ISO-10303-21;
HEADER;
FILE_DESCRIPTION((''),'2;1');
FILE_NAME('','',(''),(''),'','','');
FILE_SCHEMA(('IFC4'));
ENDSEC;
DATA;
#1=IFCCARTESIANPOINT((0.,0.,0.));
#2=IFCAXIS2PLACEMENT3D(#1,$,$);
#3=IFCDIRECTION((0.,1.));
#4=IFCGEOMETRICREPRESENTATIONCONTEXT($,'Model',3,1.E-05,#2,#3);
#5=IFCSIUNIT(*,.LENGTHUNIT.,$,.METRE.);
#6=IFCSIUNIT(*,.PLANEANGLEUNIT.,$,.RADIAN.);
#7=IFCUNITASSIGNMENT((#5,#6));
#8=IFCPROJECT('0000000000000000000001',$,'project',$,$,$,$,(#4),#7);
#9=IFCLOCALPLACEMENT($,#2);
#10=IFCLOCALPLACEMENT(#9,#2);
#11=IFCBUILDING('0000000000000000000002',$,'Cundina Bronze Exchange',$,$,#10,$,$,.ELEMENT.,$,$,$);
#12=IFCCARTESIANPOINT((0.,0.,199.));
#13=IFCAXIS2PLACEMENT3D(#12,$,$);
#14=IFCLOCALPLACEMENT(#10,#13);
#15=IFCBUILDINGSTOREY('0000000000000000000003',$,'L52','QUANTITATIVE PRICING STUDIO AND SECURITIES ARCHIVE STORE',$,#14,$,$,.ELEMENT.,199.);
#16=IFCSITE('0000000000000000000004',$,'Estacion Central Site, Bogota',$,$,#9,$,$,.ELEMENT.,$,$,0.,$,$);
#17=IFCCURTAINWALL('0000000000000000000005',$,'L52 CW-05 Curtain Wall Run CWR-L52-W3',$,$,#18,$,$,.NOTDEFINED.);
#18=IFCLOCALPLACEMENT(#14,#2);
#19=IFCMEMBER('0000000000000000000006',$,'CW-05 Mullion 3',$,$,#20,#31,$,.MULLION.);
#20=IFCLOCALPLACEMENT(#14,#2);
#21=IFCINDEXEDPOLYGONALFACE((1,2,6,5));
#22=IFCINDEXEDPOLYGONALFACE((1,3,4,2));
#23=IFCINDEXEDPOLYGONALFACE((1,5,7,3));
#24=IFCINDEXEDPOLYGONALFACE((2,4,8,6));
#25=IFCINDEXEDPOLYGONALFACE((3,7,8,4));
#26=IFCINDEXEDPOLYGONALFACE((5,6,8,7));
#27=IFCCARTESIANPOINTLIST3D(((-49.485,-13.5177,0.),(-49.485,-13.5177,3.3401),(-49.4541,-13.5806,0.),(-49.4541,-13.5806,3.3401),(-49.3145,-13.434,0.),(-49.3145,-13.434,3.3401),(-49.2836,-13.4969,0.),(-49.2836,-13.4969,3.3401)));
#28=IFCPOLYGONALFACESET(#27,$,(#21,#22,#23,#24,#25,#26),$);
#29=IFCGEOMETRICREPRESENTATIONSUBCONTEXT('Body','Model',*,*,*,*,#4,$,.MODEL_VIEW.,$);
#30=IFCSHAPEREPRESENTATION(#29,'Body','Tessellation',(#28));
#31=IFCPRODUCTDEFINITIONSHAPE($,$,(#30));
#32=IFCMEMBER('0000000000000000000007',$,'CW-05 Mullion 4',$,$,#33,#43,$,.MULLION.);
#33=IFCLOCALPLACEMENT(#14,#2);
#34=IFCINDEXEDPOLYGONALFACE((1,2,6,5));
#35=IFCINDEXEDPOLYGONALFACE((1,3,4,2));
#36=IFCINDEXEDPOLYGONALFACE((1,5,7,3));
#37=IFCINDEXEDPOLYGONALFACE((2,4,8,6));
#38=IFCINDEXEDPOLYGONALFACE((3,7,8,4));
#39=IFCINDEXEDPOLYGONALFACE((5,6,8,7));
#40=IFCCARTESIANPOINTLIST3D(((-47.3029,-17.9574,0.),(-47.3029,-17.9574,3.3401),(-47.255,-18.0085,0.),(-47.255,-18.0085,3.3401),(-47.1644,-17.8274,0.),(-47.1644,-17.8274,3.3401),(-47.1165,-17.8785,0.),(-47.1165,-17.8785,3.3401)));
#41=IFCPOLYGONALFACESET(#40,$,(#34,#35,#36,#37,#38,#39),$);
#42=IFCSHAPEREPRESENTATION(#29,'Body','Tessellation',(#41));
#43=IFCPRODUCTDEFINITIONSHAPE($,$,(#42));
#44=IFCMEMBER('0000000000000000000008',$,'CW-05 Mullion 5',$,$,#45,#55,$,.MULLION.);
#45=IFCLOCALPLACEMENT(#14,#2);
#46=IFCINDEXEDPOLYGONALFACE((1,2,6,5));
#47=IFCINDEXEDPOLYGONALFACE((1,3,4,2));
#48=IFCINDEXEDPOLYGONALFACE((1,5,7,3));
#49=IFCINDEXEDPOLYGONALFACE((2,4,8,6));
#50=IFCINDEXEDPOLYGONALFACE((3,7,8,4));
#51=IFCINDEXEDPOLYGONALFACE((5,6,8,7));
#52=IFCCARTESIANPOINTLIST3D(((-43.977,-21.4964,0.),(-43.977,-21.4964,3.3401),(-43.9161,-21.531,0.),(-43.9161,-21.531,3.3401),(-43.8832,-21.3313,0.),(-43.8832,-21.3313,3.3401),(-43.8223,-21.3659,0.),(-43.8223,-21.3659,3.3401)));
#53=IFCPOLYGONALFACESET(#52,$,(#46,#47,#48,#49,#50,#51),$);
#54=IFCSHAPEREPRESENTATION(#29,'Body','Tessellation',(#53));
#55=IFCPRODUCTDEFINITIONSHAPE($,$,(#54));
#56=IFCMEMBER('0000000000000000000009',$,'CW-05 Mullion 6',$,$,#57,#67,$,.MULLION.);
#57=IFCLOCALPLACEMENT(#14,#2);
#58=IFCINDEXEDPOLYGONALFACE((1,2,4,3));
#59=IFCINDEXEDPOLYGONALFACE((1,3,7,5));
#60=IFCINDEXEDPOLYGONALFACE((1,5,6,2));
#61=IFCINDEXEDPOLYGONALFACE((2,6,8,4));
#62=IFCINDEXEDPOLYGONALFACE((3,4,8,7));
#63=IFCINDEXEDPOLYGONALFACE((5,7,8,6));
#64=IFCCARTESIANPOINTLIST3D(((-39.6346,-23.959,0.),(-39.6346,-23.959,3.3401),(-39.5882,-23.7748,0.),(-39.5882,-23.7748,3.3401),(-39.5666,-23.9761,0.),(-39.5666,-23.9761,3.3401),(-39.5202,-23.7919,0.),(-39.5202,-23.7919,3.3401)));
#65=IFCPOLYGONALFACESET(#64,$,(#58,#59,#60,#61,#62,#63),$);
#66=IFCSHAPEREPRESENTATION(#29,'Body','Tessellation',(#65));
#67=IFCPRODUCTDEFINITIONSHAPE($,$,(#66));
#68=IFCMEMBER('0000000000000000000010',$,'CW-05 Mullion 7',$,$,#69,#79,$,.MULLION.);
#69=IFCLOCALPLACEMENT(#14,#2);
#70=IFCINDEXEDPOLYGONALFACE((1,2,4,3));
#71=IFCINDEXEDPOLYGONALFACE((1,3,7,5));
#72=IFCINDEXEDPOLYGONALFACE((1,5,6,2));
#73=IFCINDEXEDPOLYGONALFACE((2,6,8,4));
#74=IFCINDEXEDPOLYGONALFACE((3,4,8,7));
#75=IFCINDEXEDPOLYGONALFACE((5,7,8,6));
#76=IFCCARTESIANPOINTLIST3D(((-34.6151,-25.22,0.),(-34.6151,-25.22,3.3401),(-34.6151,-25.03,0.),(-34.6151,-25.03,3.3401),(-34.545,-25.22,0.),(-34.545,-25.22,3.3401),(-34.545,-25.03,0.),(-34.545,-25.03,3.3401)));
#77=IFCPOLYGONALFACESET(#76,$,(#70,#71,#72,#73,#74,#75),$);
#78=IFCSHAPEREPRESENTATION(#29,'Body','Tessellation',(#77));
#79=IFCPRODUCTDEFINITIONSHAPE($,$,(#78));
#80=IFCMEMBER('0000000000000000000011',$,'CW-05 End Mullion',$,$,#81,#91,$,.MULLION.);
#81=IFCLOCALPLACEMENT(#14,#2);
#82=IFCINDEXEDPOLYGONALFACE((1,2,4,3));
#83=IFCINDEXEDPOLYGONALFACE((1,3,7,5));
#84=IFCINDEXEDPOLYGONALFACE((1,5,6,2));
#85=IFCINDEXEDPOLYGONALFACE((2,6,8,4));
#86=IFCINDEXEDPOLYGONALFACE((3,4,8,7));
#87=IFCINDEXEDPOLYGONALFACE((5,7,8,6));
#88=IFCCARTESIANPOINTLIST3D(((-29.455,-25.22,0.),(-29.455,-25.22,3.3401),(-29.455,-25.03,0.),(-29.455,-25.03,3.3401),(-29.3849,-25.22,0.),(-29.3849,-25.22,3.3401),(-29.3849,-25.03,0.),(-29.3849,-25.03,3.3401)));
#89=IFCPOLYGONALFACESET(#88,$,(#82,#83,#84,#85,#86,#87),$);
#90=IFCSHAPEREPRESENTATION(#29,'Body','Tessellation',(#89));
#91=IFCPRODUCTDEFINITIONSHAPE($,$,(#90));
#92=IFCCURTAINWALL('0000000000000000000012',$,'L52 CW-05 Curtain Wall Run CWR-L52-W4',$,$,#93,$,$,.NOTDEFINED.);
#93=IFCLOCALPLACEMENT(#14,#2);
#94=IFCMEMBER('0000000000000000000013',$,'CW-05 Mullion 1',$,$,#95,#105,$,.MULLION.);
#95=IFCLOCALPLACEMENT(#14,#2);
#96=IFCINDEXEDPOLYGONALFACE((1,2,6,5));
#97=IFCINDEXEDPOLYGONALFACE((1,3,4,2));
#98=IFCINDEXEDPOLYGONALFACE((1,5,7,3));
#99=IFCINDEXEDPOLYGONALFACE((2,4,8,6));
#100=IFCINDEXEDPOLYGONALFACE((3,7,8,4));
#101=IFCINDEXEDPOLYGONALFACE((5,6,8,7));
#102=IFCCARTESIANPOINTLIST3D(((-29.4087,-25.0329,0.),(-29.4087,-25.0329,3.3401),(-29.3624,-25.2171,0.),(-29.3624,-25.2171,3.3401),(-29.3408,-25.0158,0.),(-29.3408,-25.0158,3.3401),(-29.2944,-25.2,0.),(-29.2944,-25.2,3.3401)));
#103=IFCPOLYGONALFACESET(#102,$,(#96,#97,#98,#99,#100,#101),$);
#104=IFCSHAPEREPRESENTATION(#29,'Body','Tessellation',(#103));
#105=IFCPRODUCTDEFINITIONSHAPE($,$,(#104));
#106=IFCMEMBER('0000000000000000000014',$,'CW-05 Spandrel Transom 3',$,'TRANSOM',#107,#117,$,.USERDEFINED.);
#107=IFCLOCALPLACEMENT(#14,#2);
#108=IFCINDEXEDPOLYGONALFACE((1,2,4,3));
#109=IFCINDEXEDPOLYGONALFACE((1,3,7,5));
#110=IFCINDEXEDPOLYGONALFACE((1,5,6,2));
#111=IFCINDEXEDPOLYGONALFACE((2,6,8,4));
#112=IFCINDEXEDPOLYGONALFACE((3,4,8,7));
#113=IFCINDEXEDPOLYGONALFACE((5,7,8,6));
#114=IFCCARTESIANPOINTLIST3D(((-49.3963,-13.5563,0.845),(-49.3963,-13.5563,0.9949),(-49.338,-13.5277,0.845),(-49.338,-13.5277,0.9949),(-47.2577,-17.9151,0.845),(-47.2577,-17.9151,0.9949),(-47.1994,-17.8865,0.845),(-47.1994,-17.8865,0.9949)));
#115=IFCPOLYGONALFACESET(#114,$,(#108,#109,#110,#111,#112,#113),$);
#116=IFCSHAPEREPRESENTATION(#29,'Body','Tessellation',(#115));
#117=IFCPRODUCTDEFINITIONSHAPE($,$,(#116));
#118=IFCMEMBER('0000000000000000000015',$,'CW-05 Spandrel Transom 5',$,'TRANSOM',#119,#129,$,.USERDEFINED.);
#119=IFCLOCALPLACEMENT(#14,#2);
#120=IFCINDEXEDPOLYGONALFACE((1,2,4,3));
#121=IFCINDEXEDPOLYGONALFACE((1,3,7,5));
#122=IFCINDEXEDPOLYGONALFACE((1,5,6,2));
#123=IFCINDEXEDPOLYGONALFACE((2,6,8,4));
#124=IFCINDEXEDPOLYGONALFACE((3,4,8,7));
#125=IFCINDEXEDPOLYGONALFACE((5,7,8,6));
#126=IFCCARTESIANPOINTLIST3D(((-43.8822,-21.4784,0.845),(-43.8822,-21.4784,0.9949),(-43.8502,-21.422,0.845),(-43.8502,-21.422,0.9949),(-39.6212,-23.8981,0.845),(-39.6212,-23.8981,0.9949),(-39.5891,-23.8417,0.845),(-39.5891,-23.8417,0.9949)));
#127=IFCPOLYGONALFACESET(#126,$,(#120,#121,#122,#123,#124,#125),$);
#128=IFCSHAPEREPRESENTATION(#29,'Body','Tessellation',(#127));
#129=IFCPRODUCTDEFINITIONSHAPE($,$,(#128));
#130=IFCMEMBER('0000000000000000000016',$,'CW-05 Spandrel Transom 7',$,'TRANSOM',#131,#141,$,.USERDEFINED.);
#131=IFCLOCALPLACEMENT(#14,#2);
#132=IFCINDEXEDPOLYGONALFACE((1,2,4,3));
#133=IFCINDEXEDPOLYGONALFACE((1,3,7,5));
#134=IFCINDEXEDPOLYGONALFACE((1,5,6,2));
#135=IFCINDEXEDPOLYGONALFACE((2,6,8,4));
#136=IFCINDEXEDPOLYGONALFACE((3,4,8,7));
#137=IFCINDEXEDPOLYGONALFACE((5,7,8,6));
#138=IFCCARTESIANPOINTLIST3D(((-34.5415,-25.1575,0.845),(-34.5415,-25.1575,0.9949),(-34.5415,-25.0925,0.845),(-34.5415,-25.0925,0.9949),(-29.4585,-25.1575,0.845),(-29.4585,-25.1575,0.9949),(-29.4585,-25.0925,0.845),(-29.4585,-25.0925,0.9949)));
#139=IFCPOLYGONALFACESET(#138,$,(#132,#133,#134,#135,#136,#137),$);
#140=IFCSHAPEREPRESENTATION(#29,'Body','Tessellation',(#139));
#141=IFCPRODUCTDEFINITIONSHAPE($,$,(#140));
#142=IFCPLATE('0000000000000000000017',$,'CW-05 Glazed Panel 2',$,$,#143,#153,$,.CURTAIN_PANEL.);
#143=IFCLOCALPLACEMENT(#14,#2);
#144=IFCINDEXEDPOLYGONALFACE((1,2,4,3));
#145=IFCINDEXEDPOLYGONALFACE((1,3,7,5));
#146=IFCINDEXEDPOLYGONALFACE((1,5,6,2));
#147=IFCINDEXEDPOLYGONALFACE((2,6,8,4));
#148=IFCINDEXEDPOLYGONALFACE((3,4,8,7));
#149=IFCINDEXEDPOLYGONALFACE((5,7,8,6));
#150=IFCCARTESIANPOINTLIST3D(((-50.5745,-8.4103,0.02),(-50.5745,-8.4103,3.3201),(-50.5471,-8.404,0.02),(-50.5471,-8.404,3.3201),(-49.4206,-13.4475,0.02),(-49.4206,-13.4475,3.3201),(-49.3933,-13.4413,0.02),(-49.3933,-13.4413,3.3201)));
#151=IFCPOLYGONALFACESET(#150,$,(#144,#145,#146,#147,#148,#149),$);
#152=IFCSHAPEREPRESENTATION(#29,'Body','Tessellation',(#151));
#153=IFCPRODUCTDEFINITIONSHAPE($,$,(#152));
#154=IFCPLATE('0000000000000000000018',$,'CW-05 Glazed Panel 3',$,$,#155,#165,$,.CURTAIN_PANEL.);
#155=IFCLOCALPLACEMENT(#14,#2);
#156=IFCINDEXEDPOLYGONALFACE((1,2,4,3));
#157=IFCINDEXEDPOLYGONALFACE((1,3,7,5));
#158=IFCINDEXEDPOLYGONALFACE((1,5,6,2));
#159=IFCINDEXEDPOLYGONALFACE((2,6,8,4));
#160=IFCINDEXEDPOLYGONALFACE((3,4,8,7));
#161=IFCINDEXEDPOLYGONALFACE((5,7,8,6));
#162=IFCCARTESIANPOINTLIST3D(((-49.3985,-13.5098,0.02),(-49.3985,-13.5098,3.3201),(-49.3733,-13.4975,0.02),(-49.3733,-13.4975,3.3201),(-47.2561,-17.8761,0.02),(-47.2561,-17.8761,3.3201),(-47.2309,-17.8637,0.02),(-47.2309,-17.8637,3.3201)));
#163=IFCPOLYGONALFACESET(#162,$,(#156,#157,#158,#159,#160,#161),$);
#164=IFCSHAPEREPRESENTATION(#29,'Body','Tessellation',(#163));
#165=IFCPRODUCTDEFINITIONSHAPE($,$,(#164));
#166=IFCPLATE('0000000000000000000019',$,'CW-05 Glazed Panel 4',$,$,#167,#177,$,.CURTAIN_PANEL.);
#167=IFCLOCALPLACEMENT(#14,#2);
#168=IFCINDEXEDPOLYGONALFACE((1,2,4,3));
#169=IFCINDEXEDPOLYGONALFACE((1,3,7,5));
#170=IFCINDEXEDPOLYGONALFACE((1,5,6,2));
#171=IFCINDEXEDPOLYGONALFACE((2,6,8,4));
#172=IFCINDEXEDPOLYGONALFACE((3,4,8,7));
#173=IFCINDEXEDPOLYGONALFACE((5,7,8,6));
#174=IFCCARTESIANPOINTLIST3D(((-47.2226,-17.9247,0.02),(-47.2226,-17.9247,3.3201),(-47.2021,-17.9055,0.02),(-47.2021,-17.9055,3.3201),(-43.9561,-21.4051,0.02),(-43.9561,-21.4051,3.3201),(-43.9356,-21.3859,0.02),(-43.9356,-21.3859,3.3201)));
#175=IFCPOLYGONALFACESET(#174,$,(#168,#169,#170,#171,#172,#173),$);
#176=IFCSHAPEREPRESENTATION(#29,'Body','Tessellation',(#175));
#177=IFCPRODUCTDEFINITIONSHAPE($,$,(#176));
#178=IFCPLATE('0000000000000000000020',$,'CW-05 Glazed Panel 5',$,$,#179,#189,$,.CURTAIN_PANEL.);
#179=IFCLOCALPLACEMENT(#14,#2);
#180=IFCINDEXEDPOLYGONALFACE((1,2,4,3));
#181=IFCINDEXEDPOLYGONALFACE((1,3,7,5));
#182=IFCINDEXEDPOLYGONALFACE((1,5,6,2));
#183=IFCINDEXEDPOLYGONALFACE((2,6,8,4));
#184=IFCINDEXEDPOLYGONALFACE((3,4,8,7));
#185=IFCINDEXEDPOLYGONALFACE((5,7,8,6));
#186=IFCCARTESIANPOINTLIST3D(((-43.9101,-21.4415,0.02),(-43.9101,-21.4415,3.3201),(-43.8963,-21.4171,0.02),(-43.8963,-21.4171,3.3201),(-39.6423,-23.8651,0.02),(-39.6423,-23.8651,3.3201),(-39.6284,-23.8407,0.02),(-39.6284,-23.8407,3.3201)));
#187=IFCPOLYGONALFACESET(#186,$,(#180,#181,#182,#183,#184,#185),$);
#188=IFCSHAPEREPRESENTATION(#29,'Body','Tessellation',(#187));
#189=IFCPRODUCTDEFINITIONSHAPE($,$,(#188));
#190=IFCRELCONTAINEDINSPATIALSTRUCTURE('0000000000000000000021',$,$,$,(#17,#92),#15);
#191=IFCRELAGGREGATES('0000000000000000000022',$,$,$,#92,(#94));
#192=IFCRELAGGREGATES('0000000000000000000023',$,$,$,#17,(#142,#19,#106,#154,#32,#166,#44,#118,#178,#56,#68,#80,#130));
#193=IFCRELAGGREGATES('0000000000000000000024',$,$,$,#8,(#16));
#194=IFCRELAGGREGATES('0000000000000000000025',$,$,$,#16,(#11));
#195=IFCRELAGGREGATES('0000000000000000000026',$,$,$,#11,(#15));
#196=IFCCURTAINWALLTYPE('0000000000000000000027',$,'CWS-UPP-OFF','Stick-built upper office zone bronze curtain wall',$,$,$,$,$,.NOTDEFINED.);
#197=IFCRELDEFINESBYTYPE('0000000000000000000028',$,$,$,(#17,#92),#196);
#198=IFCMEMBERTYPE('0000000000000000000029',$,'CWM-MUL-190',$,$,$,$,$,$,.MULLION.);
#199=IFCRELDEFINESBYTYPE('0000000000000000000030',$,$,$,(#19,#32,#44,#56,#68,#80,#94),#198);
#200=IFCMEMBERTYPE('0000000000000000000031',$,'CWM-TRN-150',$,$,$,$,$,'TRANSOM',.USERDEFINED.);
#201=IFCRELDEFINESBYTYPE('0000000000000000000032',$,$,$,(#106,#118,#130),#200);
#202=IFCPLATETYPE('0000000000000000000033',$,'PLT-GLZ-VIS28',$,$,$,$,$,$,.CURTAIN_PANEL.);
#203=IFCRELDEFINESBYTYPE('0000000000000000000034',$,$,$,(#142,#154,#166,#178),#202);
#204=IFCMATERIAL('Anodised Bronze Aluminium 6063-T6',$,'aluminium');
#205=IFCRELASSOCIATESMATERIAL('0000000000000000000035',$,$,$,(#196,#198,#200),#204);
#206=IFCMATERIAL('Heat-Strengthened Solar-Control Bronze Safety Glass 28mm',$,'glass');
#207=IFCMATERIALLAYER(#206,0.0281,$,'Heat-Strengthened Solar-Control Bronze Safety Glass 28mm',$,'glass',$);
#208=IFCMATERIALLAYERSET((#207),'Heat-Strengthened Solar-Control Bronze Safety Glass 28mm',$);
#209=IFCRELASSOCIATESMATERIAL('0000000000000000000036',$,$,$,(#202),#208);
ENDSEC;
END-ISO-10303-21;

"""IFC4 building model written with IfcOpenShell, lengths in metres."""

from ifc_helpers import new_model, si_unit, direction, frame, origin, origin_2d, place, context, subcontext, project, spatial, rectangle, extrude, material, layer, layer_set, material_profile, profile_set, type_object, element, aggregate, save


model = new_model("IFC4")

# Units and contexts
model_context = context("Model", 3, precision=1e-05, world=origin(), true_north=direction((0.0, 1.0)))
body_context = subcontext(model_context, "Body", "Model", "MODEL_VIEW")
ifc_project = project(units=[si_unit("LENGTHUNIT", "METRE"), si_unit("PLANEANGLEUNIT", "RADIAN")], contexts=[model_context])

# Site, building, storey
site_placement = place(None, origin())
site = spatial("IfcSite", under=ifc_project, at=site_placement, Name="Estacion Central Site, Bogota", CompositionType="ELEMENT", RefElevation=0.0)
building_placement = place(site_placement, origin())
building = spatial("IfcBuilding", under=site, at=building_placement, Name="Cundina Bronze Exchange", CompositionType="ELEMENT")
storey_placement = place(building_placement, frame((0.0, 0.0, 199.0)))
storey = spatial("IfcBuildingStorey", under=building, at=storey_placement, Name="L52", Description="QUANTITATIVE PRICING STUDIO AND SECURITIES ARCHIVE STORE", CompositionType="ELEMENT", Elevation=199.0)

# Curtain wall, members
ifc_material_1 = material(Name="Anodised Bronze Aluminium 6063-T6", Category="aluminium")
curtain_wall_type = type_object("IfcCurtainWallType", Name="CWS-UPP-OFF", Description="Stick-built upper office zone bronze curtain wall", PredefinedType="NOTDEFINED", material=ifc_material_1)
curtain_wall_1_placement = place(storey_placement, origin())
curtain_wall_1 = element("IfcCurtainWall", 1, at=curtain_wall_1_placement, inside=storey, type_object=curtain_wall_type, Name="L52 CW-05 Curtain Wall Run CWR-L52-W3", PredefinedType="NOTDEFINED")
ifc_material_profile_1 = material_profile(ifc_material_1, rectangle(XDim=0.0701, YDim=0.1899, at=origin_2d()), Name="AL70X190", Category="aluminium")
ifc_profile_set_1 = profile_set([ifc_material_profile_1], Name="Anodised Bronze Aluminium 6063-T6")
member_type_1 = type_object("IfcMemberType", Name="CWM-MUL-190", PredefinedType="MULLION", material=ifc_profile_set_1)
member_1_placement = place(storey_placement, frame((-49.3843, -13.5073, 0.0), z_axis=(0.0, 0.0, 1.0), x_axis=(0.440566, -0.89772, 0.0)))
member_1 = element("IfcMember", 2, at=member_1_placement, type_object=member_type_1, Name="CW-05 Mullion 3", PredefinedType="MULLION", context=body_context, shape_type="SweptSolid", body=[
    extrude(rectangle(XDim=0.0701, YDim=0.1899, at=origin_2d()), origin(), (0.0, 0.0, 1.0), 3.3401),
])
member_2_placement = place(storey_placement, frame((-47.2097, -17.918, 0.0), z_axis=(0.0, 0.0, 1.0), x_axis=(0.684293, -0.729208, 0.0)))
member_2 = element("IfcMember", 3, at=member_2_placement, type_object=member_type_1, Name="CW-05 Mullion 4", PredefinedType="MULLION", context=body_context, shape_type="SweptSolid", body=[
    extrude(rectangle(XDim=0.0701, YDim=0.1899, at=origin_2d()), origin(), (0.0, 0.0, 1.0), 3.3401),
])
member_3_placement = place(storey_placement, frame((-43.8997, -21.4312, 0.0), z_axis=(0.0, 0.0, 1.0), x_axis=(0.869581, -0.49379, 0.0)))
member_3 = element("IfcMember", 4, at=member_3_placement, type_object=member_type_1, Name="CW-05 Mullion 5", PredefinedType="MULLION", context=body_context, shape_type="SweptSolid", body=[
    extrude(rectangle(XDim=0.0701, YDim=0.1899, at=origin_2d()), origin(), (0.0, 0.0, 1.0), 3.3401),
])
member_4_placement = place(storey_placement, frame((-39.5774, -23.8755, 0.0), z_axis=(0.0, 0.0, 1.0), x_axis=(0.969744, -0.244123, 0.0)))
member_4 = element("IfcMember", 5, at=member_4_placement, type_object=member_type_1, Name="CW-05 Mullion 6", PredefinedType="MULLION", context=body_context, shape_type="SweptSolid", body=[
    extrude(rectangle(XDim=0.0701, YDim=0.1899, at=origin_2d()), origin(), (0.0, 0.0, 1.0), 3.3401),
])
member_5_placement = place(storey_placement, frame((-34.5801, -25.125, 0.0), z_axis=(0.0, 0.0, 1.0), x_axis=(1.0, 0.0, 0.0)))
member_5 = element("IfcMember", 6, at=member_5_placement, type_object=member_type_1, Name="CW-05 Mullion 7", PredefinedType="MULLION", context=body_context, shape_type="SweptSolid", body=[
    extrude(rectangle(XDim=0.0701, YDim=0.1899, at=origin_2d()), origin(), (0.0, 0.0, 1.0), 3.3401),
])
member_6_placement = place(storey_placement, frame((-29.4199, -25.125, 0.0), z_axis=(0.0, 0.0, 1.0), x_axis=(1.0, 0.0, 0.0)))
member_6 = element("IfcMember", 7, at=member_6_placement, type_object=member_type_1, Name="CW-05 End Mullion", PredefinedType="MULLION", context=body_context, shape_type="SweptSolid", body=[
    extrude(rectangle(XDim=0.0701, YDim=0.1899, at=origin_2d()), origin(), (0.0, 0.0, 1.0), 3.3401),
])

# Curtain wall, member
curtain_wall_2_placement = place(storey_placement, origin())
curtain_wall_2 = element("IfcCurtainWall", 8, at=curtain_wall_2_placement, inside=storey, type_object=curtain_wall_type, Name="L52 CW-05 Curtain Wall Run CWR-L52-W4", PredefinedType="NOTDEFINED")
member_7_placement = place(storey_placement, frame((-29.3516, -25.1165, 0.0), z_axis=(0.0, 0.0, 1.0), x_axis=(0.969744, 0.244123, 0.0)))
member_7 = element("IfcMember", 9, at=member_7_placement, type_object=member_type_1, Name="CW-05 Mullion 1", PredefinedType="MULLION", context=body_context, shape_type="SweptSolid", body=[
    extrude(rectangle(XDim=0.0701, YDim=0.1899, at=origin_2d()), origin(), (0.0, 0.0, 1.0), 3.3401),
])
aggregate(curtain_wall_2, [member_7])

# Members
ifc_material_profile_2 = material_profile(ifc_material_1, rectangle(XDim=0.0649, YDim=0.1499, at=origin_2d()), Name="AL65X150", Category="aluminium")
ifc_profile_set_2 = profile_set([ifc_material_profile_2], Name="Anodised Bronze Aluminium 6063-T6")
member_type_2 = type_object("IfcMemberType", Name="CWM-TRN-150", ElementType="TRANSOM", PredefinedType="USERDEFINED", material=ifc_profile_set_2)
member_8_placement = place(storey_placement, frame((-49.3672, -13.542, 0.9199), z_axis=(0.440483, -0.897761, 0.0), x_axis=(0.897761, 0.440483, 0.0)))
member_8 = element("IfcMember", 10, at=member_8_placement, type_object=member_type_2, Name="CW-05 Spandrel Transom 3", ObjectType="TRANSOM", PredefinedType="USERDEFINED", context=body_context, shape_type="SweptSolid", body=[
    extrude(rectangle(XDim=0.0649, YDim=0.1499, at=origin_2d()), origin(), (0.0, 0.0, 1.0), 4.8552),
])
member_9_placement = place(storey_placement, frame((-43.8662, -21.4502, 0.9199), z_axis=(0.869574, -0.493803, 0.0), x_axis=(0.493803, 0.869574, 0.0)))
member_9 = element("IfcMember", 11, at=member_9_placement, type_object=member_type_2, Name="CW-05 Spandrel Transom 5", ObjectType="TRANSOM", PredefinedType="USERDEFINED", context=body_context, shape_type="SweptSolid", body=[
    extrude(rectangle(XDim=0.0649, YDim=0.1499, at=origin_2d()), origin(), (0.0, 0.0, 1.0), 4.9001),
])
member_10_placement = place(storey_placement, frame((-34.5415, -25.125, 0.9199), z_axis=(1.0, 0.0, 0.0), x_axis=(0.0, 1.0, 0.0)))
member_10 = element("IfcMember", 12, at=member_10_placement, type_object=member_type_2, Name="CW-05 Spandrel Transom 7", ObjectType="TRANSOM", PredefinedType="USERDEFINED", context=body_context, shape_type="SweptSolid", body=[
    extrude(rectangle(XDim=0.0649, YDim=0.1499, at=origin_2d()), origin(), (0.0, 0.0, 1.0), 5.083),
])

# Plates
ifc_material_2 = material(Name="Heat-Strengthened Solar-Control Bronze Safety Glass 28mm", Category="glass")
ifc_layer_1 = layer(ifc_material_2, 0.0281, Name="Heat-Strengthened Solar-Control Bronze Safety Glass 28mm", Category="glass")
ifc_layer_set_1 = layer_set([ifc_layer_1], Name="Heat-Strengthened Solar-Control Bronze Safety Glass 28mm")
plate_type_1 = type_object("IfcPlateType", Name="PLT-GLZ-VIS28", PredefinedType="CURTAIN_PANEL", material=ifc_layer_set_1)
plate_1_placement = place(storey_placement, frame((-49.9839, -10.9258, 0.02), z_axis=(0.0, 0.0, 1.0), x_axis=(0.223284, -0.974753, 0.0)))
plate_1 = element("IfcPlate", 13, at=plate_1_placement, type_object=plate_type_1, Name="CW-05 Glazed Panel 2", PredefinedType="CURTAIN_PANEL", context=body_context, shape_type="SweptSolid", body=[
    extrude(rectangle(XDim=5.1677, YDim=0.0281, at=origin_2d()), origin(), (0.0, 0.0, 1.0), 3.3),
])
plate_2_placement = place(storey_placement, frame((-48.3147, -15.6868, 0.02), z_axis=(0.0, 0.0, 1.0), x_axis=(0.440503, -0.897751, 0.0)))
plate_2 = element("IfcPlate", 14, at=plate_2_placement, type_object=plate_type_1, Name="CW-05 Glazed Panel 3", PredefinedType="CURTAIN_PANEL", context=body_context, shape_type="SweptSolid", body=[
    extrude(rectangle(XDim=4.8635, YDim=0.0281, at=origin_2d()), origin(), (0.0, 0.0, 1.0), 3.3),
])
plate_3_placement = place(storey_placement, frame((-45.5791, -19.6553, 0.02), z_axis=(0.0, 0.0, 1.0), x_axis=(0.684344, -0.72916, 0.0)))
plate_3 = element("IfcPlate", 15, at=plate_3_placement, type_object=plate_type_1, Name="CW-05 Glazed Panel 4", PredefinedType="CURTAIN_PANEL", context=body_context, shape_type="SweptSolid", body=[
    extrude(rectangle(XDim=4.7732, YDim=0.0281, at=origin_2d()), origin(), (0.0, 0.0, 1.0), 3.3),
])
plate_4_placement = place(storey_placement, frame((-41.7693, -22.6411, 0.02), z_axis=(0.0, 0.0, 1.0), x_axis=(0.869573, -0.493805, 0.0)))
plate_4 = element("IfcPlate", 16, at=plate_4_placement, type_object=plate_type_1, Name="CW-05 Glazed Panel 5", PredefinedType="CURTAIN_PANEL", context=body_context, shape_type="SweptSolid", body=[
    extrude(rectangle(XDim=4.908, YDim=0.0281, at=origin_2d()), origin(), (0.0, 0.0, 1.0), 3.3),
])
aggregate(curtain_wall_1, [plate_1, member_1, member_8, plate_2, member_2, plate_3, member_3, member_9, plate_4, member_4, member_5, member_6, member_10])

save(model, "model.ifc")
